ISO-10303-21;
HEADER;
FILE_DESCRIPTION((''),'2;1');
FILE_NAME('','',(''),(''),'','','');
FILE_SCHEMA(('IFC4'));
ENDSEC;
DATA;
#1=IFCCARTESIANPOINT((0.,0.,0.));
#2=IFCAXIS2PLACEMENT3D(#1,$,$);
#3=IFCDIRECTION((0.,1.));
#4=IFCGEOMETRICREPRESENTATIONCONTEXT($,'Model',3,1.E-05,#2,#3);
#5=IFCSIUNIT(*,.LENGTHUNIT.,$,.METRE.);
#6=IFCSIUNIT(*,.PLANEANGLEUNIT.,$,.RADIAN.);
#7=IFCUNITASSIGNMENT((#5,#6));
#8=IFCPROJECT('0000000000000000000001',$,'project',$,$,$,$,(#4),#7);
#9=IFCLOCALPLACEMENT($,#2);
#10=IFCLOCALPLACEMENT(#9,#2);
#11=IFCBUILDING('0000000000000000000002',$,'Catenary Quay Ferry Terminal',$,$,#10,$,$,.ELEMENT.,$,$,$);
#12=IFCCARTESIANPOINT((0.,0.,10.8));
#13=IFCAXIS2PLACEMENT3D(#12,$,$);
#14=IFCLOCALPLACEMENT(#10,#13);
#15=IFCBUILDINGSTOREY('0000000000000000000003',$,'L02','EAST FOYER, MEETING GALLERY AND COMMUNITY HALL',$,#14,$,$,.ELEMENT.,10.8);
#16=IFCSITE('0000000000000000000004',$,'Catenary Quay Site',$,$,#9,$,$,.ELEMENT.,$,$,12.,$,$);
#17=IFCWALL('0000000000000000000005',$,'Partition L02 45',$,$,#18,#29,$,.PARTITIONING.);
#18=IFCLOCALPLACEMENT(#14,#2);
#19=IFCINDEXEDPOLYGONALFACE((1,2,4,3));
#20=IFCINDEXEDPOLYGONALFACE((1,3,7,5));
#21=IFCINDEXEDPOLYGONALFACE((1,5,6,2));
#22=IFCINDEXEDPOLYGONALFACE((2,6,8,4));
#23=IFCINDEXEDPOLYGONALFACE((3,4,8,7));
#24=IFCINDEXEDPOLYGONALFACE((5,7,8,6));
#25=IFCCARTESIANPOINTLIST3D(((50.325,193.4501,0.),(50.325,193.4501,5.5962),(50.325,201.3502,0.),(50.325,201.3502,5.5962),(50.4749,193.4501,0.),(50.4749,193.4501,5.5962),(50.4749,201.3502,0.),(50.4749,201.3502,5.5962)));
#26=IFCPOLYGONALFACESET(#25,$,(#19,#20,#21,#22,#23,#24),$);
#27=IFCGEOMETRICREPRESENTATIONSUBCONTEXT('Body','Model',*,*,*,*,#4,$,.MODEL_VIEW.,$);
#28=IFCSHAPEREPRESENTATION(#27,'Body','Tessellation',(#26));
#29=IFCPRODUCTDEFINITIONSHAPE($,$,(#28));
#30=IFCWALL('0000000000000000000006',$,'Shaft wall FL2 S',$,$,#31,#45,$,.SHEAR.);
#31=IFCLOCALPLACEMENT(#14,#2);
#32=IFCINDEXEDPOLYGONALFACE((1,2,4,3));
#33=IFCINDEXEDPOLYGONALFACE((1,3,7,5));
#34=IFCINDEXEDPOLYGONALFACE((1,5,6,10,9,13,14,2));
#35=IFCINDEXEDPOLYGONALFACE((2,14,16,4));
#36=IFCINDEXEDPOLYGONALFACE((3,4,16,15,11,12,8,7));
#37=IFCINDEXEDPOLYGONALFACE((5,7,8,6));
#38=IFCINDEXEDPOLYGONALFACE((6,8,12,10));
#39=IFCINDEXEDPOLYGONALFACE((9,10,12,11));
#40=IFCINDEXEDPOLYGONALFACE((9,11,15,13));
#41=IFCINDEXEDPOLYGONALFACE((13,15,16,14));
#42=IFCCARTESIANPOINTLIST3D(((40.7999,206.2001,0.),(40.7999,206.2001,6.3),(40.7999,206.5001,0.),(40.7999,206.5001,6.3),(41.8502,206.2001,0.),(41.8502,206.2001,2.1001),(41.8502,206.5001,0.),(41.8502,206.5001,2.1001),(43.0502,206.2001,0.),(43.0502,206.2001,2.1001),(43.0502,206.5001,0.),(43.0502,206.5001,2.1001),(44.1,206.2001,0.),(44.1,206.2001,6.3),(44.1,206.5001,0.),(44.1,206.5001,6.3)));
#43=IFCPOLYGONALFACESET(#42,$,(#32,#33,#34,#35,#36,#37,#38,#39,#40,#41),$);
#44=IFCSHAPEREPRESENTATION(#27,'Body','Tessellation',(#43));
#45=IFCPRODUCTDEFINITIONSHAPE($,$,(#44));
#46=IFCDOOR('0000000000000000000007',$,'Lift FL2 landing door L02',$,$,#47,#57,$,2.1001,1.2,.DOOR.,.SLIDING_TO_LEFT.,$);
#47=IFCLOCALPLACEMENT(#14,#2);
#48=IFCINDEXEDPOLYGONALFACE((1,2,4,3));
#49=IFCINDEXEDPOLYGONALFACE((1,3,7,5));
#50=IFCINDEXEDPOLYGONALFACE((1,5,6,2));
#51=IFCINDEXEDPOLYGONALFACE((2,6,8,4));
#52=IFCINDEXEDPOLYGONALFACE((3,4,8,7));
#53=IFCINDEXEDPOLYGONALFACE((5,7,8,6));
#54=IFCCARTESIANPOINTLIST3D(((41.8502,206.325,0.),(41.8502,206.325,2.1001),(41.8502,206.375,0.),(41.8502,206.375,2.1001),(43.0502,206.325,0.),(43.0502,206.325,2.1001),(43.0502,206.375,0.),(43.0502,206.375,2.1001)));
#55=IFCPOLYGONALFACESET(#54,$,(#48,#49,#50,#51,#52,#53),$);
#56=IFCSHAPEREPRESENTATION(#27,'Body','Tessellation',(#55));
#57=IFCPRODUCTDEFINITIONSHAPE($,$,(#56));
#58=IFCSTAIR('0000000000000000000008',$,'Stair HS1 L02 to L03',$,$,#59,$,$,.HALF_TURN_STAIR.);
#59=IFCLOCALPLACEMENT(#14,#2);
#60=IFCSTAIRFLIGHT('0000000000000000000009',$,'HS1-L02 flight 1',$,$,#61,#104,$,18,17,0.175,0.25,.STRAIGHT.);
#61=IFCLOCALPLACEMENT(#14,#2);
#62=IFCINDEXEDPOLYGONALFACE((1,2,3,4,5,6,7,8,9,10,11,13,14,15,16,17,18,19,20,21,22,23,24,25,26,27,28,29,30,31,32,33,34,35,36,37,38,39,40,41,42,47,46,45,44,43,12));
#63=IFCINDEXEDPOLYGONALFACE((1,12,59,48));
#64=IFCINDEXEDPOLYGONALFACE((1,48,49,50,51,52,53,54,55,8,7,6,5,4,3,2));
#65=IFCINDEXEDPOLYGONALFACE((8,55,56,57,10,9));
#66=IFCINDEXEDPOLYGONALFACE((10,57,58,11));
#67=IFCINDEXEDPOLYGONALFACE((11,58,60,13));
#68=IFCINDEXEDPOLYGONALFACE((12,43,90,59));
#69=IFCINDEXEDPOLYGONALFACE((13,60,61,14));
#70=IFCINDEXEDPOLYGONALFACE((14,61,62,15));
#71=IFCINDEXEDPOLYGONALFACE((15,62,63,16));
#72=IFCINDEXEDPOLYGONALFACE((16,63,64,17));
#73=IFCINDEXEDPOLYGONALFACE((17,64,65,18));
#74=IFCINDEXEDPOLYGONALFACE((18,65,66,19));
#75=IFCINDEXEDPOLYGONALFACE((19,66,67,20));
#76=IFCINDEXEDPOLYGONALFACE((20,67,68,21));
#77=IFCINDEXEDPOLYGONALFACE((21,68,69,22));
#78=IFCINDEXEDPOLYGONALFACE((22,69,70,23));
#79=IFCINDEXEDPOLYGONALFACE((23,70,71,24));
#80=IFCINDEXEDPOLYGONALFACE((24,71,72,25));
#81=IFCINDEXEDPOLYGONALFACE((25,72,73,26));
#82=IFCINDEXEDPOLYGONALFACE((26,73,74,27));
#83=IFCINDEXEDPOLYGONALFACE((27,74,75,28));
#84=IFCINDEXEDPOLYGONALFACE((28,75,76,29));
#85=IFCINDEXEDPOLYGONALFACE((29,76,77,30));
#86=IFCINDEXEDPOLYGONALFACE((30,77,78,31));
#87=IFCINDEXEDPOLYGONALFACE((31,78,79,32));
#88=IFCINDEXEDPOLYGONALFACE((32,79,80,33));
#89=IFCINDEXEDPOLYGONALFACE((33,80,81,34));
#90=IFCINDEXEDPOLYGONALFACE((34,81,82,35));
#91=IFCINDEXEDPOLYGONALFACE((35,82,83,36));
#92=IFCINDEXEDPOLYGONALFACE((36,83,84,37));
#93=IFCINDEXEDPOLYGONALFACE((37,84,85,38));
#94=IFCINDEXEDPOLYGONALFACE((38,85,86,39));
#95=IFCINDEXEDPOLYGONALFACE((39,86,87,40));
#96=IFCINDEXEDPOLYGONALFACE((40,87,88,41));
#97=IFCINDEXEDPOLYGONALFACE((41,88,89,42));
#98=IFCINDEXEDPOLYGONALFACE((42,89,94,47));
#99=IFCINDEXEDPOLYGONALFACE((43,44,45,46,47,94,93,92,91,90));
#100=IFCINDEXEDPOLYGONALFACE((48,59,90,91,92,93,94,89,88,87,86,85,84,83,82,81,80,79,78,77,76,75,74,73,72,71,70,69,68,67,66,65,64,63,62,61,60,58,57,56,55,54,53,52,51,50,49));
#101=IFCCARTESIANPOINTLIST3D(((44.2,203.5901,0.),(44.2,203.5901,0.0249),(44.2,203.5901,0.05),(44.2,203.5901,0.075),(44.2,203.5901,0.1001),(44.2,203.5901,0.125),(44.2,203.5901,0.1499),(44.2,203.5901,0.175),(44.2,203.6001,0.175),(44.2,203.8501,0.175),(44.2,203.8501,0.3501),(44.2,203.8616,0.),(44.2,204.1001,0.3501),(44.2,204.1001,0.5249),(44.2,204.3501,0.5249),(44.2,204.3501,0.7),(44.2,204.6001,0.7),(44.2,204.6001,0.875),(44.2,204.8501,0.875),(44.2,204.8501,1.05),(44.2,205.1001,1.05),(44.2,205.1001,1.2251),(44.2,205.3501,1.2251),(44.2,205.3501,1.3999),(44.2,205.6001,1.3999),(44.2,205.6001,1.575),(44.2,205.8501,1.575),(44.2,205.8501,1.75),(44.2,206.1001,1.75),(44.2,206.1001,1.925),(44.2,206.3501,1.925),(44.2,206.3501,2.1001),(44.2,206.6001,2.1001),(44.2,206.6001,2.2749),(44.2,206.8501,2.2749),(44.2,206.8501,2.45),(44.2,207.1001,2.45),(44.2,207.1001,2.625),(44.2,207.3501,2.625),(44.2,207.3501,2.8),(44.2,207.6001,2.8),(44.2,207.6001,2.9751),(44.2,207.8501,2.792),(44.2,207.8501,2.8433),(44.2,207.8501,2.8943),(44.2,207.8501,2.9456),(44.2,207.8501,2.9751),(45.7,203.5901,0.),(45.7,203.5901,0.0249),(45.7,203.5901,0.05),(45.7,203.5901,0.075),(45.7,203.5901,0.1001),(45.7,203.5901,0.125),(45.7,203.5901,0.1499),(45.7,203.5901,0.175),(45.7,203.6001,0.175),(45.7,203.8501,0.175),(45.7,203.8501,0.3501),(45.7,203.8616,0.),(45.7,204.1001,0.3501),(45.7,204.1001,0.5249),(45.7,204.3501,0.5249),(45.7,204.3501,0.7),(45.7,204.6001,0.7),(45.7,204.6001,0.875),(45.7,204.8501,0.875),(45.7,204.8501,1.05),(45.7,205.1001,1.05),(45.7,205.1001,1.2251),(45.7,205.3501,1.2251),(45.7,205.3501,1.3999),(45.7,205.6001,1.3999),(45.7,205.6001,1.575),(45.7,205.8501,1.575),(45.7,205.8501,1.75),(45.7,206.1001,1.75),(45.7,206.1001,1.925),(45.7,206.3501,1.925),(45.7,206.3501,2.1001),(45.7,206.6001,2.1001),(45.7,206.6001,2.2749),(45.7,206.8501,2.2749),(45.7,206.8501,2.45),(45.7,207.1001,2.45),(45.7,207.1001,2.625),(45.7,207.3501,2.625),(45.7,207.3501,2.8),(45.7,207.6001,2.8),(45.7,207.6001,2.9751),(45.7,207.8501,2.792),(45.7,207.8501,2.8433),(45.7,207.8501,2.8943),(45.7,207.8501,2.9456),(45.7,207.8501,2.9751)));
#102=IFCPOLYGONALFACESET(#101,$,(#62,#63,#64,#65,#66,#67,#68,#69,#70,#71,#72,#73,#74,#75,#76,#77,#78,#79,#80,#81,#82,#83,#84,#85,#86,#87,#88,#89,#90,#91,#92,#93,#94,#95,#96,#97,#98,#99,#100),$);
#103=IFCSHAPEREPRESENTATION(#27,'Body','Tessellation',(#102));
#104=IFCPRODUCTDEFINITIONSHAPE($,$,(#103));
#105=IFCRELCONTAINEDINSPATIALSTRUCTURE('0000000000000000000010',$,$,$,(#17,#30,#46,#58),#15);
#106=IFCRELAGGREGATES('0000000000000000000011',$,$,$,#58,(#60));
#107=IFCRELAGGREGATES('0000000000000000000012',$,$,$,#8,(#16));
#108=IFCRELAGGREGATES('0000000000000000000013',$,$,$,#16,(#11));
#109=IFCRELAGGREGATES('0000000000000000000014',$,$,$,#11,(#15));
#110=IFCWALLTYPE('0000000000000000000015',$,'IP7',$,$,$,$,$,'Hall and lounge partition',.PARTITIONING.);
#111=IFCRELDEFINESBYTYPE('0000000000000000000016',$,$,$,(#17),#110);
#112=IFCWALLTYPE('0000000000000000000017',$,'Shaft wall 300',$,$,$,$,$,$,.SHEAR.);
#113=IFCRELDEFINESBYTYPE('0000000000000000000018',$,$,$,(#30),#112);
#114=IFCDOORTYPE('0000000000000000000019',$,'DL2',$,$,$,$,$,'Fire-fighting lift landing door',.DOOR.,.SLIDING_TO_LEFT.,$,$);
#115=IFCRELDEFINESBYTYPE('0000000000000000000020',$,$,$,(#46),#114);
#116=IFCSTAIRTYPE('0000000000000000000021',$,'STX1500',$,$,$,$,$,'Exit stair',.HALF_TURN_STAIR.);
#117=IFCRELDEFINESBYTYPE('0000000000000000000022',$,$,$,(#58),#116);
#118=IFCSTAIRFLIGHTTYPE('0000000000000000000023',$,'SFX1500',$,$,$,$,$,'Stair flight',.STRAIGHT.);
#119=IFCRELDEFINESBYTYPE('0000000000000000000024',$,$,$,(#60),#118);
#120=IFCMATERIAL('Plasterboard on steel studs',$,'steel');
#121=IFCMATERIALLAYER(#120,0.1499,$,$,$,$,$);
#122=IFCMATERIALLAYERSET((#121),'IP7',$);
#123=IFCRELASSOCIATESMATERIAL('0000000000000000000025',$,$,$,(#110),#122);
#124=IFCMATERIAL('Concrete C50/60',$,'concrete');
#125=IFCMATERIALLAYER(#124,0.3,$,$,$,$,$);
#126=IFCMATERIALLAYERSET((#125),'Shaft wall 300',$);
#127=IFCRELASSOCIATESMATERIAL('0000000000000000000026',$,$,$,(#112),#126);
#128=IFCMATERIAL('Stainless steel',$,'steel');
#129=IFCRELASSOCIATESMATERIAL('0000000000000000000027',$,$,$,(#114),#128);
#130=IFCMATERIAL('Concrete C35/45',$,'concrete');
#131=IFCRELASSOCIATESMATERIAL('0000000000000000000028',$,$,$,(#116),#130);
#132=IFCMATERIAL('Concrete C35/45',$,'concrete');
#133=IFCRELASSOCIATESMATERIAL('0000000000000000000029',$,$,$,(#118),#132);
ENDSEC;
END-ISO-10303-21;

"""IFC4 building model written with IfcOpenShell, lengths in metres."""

from ifc_helpers import new_model, si_unit, direction, frame, frame_2d, origin, place, context, subcontext, project, spatial, polyline, rectangle, outline, extrude, material, layer, layer_set, type_object, element, fill, aggregate, save


model = new_model("IFC4")

# Units and contexts
model_context = context("Model", 3, precision=1e-05, world=origin(), true_north=direction((0.0, 1.0)))
body_context = subcontext(model_context, "Body", "Model", "MODEL_VIEW")
ifc_project = project(units=[si_unit("LENGTHUNIT", "METRE"), si_unit("PLANEANGLEUNIT", "RADIAN")], contexts=[model_context])

# Site, building, storey
site_placement = place(None, origin())
site = spatial("IfcSite", under=ifc_project, at=site_placement, Name="Catenary Quay Site", CompositionType="ELEMENT", RefElevation=12.0)
building_placement = place(site_placement, origin())
building = spatial("IfcBuilding", under=site, at=building_placement, Name="Catenary Quay Ferry Terminal", CompositionType="ELEMENT")
storey_placement = place(building_placement, frame((0.0, 0.0, 10.8)))
storey = spatial("IfcBuildingStorey", under=building, at=storey_placement, Name="L02", Description="EAST FOYER, MEETING GALLERY AND COMMUNITY HALL", CompositionType="ELEMENT", Elevation=10.8)

# Wall
ifc_material_1 = material(Name="Plasterboard on steel studs", Category="steel")
ifc_layer_1 = layer(ifc_material_1, 0.1499)
ifc_layer_set_1 = layer_set([ifc_layer_1], Name="IP7")
wall_type_1 = type_object("IfcWallType", Name="IP7", ElementType="Hall and lounge partition", PredefinedType="PARTITIONING", material=ifc_layer_set_1)
wall_1_placement = place(storey_placement, frame((50.3999, 193.45, 0.0), z_axis=(0.0, 0.0, 1.0), x_axis=(0.0, 1.0, 0.0)))
element("IfcWall", 1, at=wall_1_placement, inside=storey, type_object=wall_type_1, Name="Partition L02 45", PredefinedType="PARTITIONING", context=body_context, shape_type="SweptSolid", body=[
    extrude(rectangle(XDim=7.9001, YDim=0.1499, at=frame_2d((3.9502, 0.0))), origin(), (0.0, 0.0, 1.0), 5.5962),
])

# Wall, opening, door
ifc_material_2 = material(Name="Concrete C50/60", Category="concrete")
ifc_layer_2 = layer(ifc_material_2, 0.3)
ifc_layer_set_2 = layer_set([ifc_layer_2], Name="Shaft wall 300")
wall_type_2 = type_object("IfcWallType", Name="Shaft wall 300", PredefinedType="SHEAR", material=ifc_layer_set_2)
wall_2_placement = place(storey_placement, frame((40.8, 206.3501, 0.0), z_axis=(0.0, 0.0, 1.0), x_axis=(1.0, 0.0, 0.0)))
wall_2 = element("IfcWall", 2, at=wall_2_placement, inside=storey, type_object=wall_type_2, Name="Shaft wall FL2 S", PredefinedType="SHEAR", context=body_context, shape_type="SweptSolid", body=[
    extrude(rectangle(XDim=3.3, YDim=0.3, at=frame_2d((1.6499, 0.0))), origin(), (0.0, 0.0, 1.0), 6.3),
])
opening_1_placement = place(wall_2_placement, frame((1.05, 0.0, 0.0)))
opening_1 = element("IfcOpeningElement", 3, at=opening_1_placement, cuts=wall_2, PredefinedType="OPENING", context=body_context, shape_type="SweptSolid", body=[
    extrude(rectangle(XDim=1.2, YDim=2.1001, at=frame_2d((0.6001, 1.05))), frame((0.0, 0.1599, 0.0), z_axis=(0.0, -1.0, 0.0), x_axis=(1.0, 0.0, 0.0)), (0.0, 0.0, 1.0), 0.3201),
])
ifc_material_3 = material(Name="Stainless steel", Category="steel")
door_type_1 = type_object("IfcDoorType", Name="DL2", ElementType="Fire-fighting lift landing door", OperationType="SLIDING_TO_LEFT", PredefinedType="DOOR", material=ifc_material_3)
door_1_placement = place(opening_1_placement, origin())
door_1 = element("IfcDoor", 4, at=door_1_placement, inside=storey, type_object=door_type_1, Name="Lift FL2 landing door L02", OperationType="SLIDING_TO_LEFT", OverallHeight=2.1001, OverallWidth=1.2, PredefinedType="DOOR", context=body_context, shape_type="SweptSolid", body=[
    extrude(rectangle(XDim=1.2, YDim=2.1001, at=frame_2d((0.6001, 1.05))), frame((0.0, 0.0249, 0.0), z_axis=(0.0, -1.0, 0.0), x_axis=(1.0, 0.0, 0.0)), (0.0, 0.0, 1.0), 0.05),
])
fill(opening_1, door_1)

# Stair, stair flight
ifc_material_4 = material(Name="Concrete C35/45", Category="concrete")
stair_type = type_object("IfcStairType", Name="STX1500", ElementType="Exit stair", PredefinedType="HALF_TURN_STAIR", material=ifc_material_4)
stair_placement = place(storey_placement, origin())
stair = element("IfcStair", 5, at=stair_placement, inside=storey, type_object=stair_type, Name="Stair HS1 L02 to L03", PredefinedType="HALF_TURN_STAIR")
ifc_material_5 = material(Name="Concrete C35/45", Category="concrete")
stair_flight_type = type_object("IfcStairFlightType", Name="SFX1500", ElementType="Stair flight", PredefinedType="STRAIGHT", material=ifc_material_5)
stair_flight_placement = place(storey_placement, frame((44.95, 203.6001, 0.0), z_axis=(0.0, 0.0, 1.0), x_axis=(0.0, 1.0, 0.0)))
stair_flight = element("IfcStairFlight", 6, at=stair_flight_placement, type_object=stair_flight_type, Name="HS1-L02 flight 1", NumberOfRisers=18, NumberOfTreads=17, PredefinedType="STRAIGHT", RiserHeight=0.175, TreadLength=0.25, context=body_context, shape_type="SweptSolid", body=[
    extrude(outline(polyline([(-0.01, 0.0), (-0.01, 0.0249), (-0.01, 0.05), (-0.01, 0.075), (-0.01, 0.1001), (-0.01, 0.125), (-0.01, 0.1499), (-0.01, 0.175), (0.0, 0.175), (0.25, 0.175), (0.25, 0.3501), (0.5, 0.3501), (0.5, 0.5249), (0.75, 0.5249), (0.75, 0.7), (1.0, 0.7), (1.0, 0.875), (1.25, 0.875), (1.25, 1.05), (1.5, 1.05), (1.5, 1.2251), (1.75, 1.2251), (1.75, 1.3999), (2.0, 1.3999), (2.0, 1.575), (2.25, 1.575), (2.25, 1.75), (2.5, 1.75), (2.5, 1.925), (2.75, 1.925), (2.75, 2.1001), (3.0, 2.1001), (3.0, 2.2749), (3.25, 2.2749), (3.25, 2.45), (3.5, 2.45), (3.5, 2.625), (3.75, 2.625), (3.75, 2.8), (4.0, 2.8), (4.0, 2.9751), (4.25, 2.9751), (4.25, 3.1499), (4.25, 3.0989), (4.25, 3.0476), (4.25, 2.9966), (4.25, 2.9456), (4.25, 2.8943), (4.25, 2.8433), (4.25, 2.792), (0.2615, 0.0), (-0.01, 0.0)])), frame((0.0, 0.75, 0.0), z_axis=(0.0, -1.0, 0.0), x_axis=(1.0, 0.0, 0.0)), (0.0, 0.0, 1.0), 1.5),
])
aggregate(stair, [stair_flight])

save(model, "model.ifc")
